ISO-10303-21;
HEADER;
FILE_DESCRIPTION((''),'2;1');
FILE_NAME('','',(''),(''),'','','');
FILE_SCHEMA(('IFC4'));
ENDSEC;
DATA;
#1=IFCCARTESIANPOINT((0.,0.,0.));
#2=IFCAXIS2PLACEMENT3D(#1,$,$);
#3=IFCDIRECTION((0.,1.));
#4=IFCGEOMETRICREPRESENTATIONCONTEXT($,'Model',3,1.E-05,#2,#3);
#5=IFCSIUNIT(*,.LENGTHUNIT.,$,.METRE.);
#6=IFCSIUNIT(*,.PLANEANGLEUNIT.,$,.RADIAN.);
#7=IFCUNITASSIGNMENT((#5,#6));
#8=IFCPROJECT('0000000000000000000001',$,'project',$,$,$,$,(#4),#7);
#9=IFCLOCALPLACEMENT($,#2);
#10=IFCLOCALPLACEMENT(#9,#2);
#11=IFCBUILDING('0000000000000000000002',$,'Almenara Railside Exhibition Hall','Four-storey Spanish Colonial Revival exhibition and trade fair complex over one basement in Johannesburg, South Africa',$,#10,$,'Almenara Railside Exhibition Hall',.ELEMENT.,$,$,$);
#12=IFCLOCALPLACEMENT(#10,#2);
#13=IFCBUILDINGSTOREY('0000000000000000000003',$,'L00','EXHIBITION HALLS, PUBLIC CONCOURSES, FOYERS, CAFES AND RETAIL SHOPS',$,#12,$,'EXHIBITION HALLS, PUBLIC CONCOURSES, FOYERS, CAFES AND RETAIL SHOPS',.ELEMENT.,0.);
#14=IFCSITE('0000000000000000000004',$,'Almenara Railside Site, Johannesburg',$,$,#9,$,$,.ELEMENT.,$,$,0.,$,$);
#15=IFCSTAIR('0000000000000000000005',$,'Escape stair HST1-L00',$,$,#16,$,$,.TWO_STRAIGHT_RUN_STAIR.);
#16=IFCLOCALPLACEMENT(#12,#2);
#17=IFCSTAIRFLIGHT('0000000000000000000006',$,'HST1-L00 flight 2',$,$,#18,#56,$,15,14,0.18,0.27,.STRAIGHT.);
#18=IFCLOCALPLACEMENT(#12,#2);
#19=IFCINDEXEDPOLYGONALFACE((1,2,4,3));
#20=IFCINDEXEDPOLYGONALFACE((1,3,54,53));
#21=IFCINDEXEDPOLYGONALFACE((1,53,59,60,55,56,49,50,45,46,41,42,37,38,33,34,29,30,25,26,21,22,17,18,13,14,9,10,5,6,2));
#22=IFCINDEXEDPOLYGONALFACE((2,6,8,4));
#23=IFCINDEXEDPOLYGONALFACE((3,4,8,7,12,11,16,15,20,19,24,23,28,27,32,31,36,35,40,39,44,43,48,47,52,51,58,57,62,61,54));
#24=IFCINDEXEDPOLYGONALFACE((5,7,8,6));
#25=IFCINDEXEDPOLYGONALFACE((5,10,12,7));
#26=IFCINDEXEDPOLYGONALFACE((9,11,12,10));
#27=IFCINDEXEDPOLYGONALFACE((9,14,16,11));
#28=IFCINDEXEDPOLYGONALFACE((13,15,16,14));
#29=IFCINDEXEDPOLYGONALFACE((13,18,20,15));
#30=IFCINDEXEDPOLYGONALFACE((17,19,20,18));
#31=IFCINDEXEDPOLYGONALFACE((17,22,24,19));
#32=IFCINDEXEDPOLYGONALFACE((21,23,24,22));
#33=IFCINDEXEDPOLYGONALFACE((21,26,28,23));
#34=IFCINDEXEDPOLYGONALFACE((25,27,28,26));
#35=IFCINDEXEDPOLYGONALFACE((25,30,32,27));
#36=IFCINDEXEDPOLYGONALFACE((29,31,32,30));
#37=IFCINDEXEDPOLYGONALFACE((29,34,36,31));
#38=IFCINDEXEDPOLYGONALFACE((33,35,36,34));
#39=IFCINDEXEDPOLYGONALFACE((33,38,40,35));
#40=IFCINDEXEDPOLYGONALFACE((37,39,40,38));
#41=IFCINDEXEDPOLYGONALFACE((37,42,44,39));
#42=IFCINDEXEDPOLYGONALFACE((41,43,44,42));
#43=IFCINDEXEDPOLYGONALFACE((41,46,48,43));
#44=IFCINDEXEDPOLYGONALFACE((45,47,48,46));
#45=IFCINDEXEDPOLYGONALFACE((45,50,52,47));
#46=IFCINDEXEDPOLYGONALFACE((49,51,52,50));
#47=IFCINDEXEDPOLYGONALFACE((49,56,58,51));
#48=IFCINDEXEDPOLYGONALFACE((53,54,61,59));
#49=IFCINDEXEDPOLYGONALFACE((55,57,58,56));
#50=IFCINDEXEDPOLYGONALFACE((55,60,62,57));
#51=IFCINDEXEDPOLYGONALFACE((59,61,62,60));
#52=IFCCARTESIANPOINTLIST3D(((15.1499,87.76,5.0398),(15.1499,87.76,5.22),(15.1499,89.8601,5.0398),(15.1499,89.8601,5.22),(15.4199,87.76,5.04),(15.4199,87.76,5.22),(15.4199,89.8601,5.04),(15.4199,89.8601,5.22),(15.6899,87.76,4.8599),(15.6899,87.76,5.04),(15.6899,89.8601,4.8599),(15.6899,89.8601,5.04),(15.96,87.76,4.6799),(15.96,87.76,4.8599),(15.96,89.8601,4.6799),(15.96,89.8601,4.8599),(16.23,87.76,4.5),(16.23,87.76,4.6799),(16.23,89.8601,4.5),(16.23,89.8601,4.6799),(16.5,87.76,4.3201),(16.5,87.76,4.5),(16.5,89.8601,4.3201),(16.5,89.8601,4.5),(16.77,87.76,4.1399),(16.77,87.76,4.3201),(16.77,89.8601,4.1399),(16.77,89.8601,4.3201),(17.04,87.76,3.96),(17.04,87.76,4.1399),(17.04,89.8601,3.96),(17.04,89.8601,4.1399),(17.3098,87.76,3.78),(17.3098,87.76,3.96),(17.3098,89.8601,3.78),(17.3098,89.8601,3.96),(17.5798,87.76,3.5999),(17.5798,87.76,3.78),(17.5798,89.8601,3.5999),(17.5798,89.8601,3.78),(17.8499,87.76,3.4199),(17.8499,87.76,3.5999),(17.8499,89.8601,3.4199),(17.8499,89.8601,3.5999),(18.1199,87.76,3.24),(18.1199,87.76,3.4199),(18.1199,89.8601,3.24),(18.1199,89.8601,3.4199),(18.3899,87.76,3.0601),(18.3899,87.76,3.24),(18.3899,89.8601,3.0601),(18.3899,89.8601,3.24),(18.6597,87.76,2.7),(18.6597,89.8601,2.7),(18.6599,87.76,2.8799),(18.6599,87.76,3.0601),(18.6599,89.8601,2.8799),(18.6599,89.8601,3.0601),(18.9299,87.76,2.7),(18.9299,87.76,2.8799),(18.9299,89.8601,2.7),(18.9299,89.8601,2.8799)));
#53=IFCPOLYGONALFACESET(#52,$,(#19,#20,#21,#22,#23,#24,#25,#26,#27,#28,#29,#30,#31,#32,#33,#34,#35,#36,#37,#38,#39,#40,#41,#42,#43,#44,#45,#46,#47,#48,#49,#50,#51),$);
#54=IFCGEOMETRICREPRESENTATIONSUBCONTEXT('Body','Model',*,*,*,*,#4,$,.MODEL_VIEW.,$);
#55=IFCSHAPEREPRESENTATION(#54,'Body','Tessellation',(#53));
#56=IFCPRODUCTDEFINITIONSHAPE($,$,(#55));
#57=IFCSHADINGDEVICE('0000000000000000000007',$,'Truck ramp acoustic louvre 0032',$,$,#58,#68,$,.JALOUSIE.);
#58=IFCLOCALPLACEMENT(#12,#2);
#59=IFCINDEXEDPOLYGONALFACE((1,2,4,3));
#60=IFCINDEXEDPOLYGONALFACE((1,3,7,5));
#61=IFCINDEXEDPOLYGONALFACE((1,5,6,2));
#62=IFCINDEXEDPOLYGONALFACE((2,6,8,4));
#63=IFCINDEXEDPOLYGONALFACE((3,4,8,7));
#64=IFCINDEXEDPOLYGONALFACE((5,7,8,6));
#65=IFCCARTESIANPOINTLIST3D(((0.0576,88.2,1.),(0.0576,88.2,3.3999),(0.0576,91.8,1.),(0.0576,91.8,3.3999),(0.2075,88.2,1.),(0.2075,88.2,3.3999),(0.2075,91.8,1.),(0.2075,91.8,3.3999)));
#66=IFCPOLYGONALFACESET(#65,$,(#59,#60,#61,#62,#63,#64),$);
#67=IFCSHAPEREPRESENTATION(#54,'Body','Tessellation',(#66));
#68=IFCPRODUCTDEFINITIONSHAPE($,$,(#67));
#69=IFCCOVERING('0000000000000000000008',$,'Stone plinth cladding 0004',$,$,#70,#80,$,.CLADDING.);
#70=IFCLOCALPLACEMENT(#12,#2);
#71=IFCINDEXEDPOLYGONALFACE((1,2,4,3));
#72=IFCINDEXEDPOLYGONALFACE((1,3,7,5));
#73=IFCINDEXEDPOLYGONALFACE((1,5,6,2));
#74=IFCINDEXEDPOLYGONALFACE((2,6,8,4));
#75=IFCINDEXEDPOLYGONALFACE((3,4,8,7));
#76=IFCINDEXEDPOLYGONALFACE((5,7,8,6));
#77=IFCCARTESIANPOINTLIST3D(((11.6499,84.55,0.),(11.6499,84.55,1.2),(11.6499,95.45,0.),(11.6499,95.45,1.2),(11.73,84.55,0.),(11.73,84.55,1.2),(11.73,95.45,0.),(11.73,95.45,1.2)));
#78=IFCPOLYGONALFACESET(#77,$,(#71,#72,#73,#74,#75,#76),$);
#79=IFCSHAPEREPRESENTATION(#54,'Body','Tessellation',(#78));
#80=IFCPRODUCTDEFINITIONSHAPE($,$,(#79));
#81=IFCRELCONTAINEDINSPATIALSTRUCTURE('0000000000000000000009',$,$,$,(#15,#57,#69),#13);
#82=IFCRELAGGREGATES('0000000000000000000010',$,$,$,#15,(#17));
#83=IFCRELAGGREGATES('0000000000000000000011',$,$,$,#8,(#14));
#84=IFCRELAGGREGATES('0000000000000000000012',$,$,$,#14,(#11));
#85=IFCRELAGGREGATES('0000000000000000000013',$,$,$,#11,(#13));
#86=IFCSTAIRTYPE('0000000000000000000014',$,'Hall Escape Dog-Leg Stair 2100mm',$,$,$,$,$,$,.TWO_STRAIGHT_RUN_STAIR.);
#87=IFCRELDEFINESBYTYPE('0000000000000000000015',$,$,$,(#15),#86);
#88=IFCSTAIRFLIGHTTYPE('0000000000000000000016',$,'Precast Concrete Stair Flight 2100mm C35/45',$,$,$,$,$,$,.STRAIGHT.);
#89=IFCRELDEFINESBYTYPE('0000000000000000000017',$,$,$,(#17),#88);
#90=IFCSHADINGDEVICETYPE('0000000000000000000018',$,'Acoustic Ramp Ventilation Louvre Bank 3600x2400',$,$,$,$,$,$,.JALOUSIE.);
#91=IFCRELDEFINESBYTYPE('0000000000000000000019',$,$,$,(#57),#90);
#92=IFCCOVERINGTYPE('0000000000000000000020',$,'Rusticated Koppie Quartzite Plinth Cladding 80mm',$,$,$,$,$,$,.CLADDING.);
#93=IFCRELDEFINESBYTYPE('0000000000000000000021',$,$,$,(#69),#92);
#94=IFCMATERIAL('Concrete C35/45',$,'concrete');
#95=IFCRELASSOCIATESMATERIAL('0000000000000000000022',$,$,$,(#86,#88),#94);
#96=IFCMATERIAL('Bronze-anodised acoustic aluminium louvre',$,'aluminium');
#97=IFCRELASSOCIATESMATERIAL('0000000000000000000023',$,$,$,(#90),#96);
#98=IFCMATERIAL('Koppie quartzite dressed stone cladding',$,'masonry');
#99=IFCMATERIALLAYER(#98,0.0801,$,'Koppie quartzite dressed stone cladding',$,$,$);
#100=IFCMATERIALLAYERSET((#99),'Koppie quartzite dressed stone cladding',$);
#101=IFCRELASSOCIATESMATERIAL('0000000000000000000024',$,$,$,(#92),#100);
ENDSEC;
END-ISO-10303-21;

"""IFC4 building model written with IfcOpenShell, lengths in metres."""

from ifc_helpers import new_model, si_unit, direction, frame, origin, origin_2d, place, context, subcontext, project, spatial, polyline, rectangle, outline, extrude, material, layer, layer_set, type_object, element, aggregate, save


model = new_model("IFC4")

# Units and contexts
model_context = context("Model", 3, precision=1e-05, world=origin(), true_north=direction((0.0, 1.0)))
body_context = subcontext(model_context, "Body", "Model", "MODEL_VIEW")
ifc_project = project(units=[si_unit("LENGTHUNIT", "METRE"), si_unit("PLANEANGLEUNIT", "RADIAN")], contexts=[model_context])

# Site, building, storey
site_placement = place(None, origin())
site = spatial("IfcSite", under=ifc_project, at=site_placement, Name="Almenara Railside Site, Johannesburg", CompositionType="ELEMENT", RefElevation=0.0)
building_placement = place(site_placement, origin())
building = spatial("IfcBuilding", under=site, at=building_placement, Name="Almenara Railside Exhibition Hall", Description="Four-storey Spanish Colonial Revival exhibition and trade fair complex over one basement in Johannesburg, South Africa", LongName="Almenara Railside Exhibition Hall", CompositionType="ELEMENT")
storey_placement = place(building_placement, origin())
storey = spatial("IfcBuildingStorey", under=building, at=storey_placement, Name="L00", Description="EXHIBITION HALLS, PUBLIC CONCOURSES, FOYERS, CAFES AND RETAIL SHOPS", LongName="EXHIBITION HALLS, PUBLIC CONCOURSES, FOYERS, CAFES AND RETAIL SHOPS", CompositionType="ELEMENT", Elevation=0.0)

# Shared definitions
ifc_material_1 = material(Name="Concrete C35/45", Category="concrete")

# Stair, stair flight
stair_type = type_object("IfcStairType", Name="Hall Escape Dog-Leg Stair 2100mm", PredefinedType="TWO_STRAIGHT_RUN_STAIR", material=ifc_material_1)
stair_placement = place(storey_placement, origin())
stair = element("IfcStair", 1, at=stair_placement, inside=storey, type_object=stair_type, Name="Escape stair HST1-L00", PredefinedType="TWO_STRAIGHT_RUN_STAIR")
stair_flight_type = type_object("IfcStairFlightType", Name="Precast Concrete Stair Flight 2100mm C35/45", PredefinedType="STRAIGHT", material=ifc_material_1)
stair_flight_1_placement = place(storey_placement, frame((18.9299, 88.8101, 2.7), z_axis=(0.0, 0.0, 1.0), x_axis=(-1.0, 0.0, 0.0)))
stair_flight_1 = element("IfcStairFlight", 2, at=stair_flight_1_placement, type_object=stair_flight_type, Name="HST1-L00 flight 2", NumberOfRisers=15, NumberOfTreads=14, PredefinedType="STRAIGHT", RiserHeight=0.18, TreadLength=0.27, context=body_context, shape_type="SweptSolid", body=[
    extrude(outline(polyline([(0.0, 0.0), (0.0, 0.1799), (0.27, 0.1799), (0.27, 0.3601), (0.54, 0.3601), (0.54, 0.54), (0.8101, 0.54), (0.8101, 0.72), (1.0801, 0.72), (1.0801, 0.8999), (1.3501, 0.8999), (1.3501, 1.0801), (1.6201, 1.0801), (1.6201, 1.26), (1.8899, 1.26), (1.8899, 1.4399), (2.1599, 1.4399), (2.1599, 1.6201), (2.4299, 1.6201), (2.4299, 1.8), (2.7, 1.8), (2.7, 1.98), (2.97, 1.98), (2.97, 2.1599), (3.24, 2.1599), (3.24, 2.3401), (3.51, 2.3401), (3.51, 2.52), (3.78, 2.52), (3.78, 2.7), (3.78, 2.3398), (0.2703, 0.0), (0.0, 0.0)])), frame((0.0, 1.05, 0.0), z_axis=(0.0, -1.0, 0.0), x_axis=(1.0, 0.0, 0.0)), (0.0, 0.0, 1.0), 2.1001),
])
aggregate(stair, [stair_flight_1])

# Shading device
ifc_material_2 = material(Name="Bronze-anodised acoustic aluminium louvre", Category="aluminium")
shading_device_type = type_object("IfcShadingDeviceType", Name="Acoustic Ramp Ventilation Louvre Bank 3600x2400", PredefinedType="JALOUSIE", material=ifc_material_2)
shading_device_placement = place(storey_placement, frame((0.1326, 90.0, 1.0), z_axis=(0.0, 0.0, 1.0), x_axis=(0.0, 1.0, 0.0)))
element("IfcShadingDevice", 3, at=shading_device_placement, inside=storey, type_object=shading_device_type, Name="Truck ramp acoustic louvre 0032", PredefinedType="JALOUSIE", context=body_context, shape_type="SweptSolid", body=[
    extrude(rectangle(XDim=3.6001, YDim=0.1499, at=origin_2d()), origin(), (0.0, 0.0, 1.0), 2.3999),
])

# Covering
ifc_material_3 = material(Name="Koppie quartzite dressed stone cladding", Category="masonry")
ifc_layer_1 = layer(ifc_material_3, 0.0801, Name="Koppie quartzite dressed stone cladding")
ifc_layer_set_1 = layer_set([ifc_layer_1], Name="Koppie quartzite dressed stone cladding")
covering_type = type_object("IfcCoveringType", Name="Rusticated Koppie Quartzite Plinth Cladding 80mm", PredefinedType="CLADDING", material=ifc_layer_set_1)
covering_placement = place(storey_placement, frame((11.6899, 90.0, 0.0), z_axis=(0.0, 0.0, 1.0), x_axis=(0.0, -1.0, 0.0)))
element("IfcCovering", 4, at=covering_placement, inside=storey, type_object=covering_type, Name="Stone plinth cladding 0004", PredefinedType="CLADDING", context=body_context, shape_type="SweptSolid", body=[
    extrude(rectangle(XDim=10.8999, YDim=0.0801, at=origin_2d()), origin(), (0.0, 0.0, 1.0), 1.2),
])

save(model, "model.ifc")
